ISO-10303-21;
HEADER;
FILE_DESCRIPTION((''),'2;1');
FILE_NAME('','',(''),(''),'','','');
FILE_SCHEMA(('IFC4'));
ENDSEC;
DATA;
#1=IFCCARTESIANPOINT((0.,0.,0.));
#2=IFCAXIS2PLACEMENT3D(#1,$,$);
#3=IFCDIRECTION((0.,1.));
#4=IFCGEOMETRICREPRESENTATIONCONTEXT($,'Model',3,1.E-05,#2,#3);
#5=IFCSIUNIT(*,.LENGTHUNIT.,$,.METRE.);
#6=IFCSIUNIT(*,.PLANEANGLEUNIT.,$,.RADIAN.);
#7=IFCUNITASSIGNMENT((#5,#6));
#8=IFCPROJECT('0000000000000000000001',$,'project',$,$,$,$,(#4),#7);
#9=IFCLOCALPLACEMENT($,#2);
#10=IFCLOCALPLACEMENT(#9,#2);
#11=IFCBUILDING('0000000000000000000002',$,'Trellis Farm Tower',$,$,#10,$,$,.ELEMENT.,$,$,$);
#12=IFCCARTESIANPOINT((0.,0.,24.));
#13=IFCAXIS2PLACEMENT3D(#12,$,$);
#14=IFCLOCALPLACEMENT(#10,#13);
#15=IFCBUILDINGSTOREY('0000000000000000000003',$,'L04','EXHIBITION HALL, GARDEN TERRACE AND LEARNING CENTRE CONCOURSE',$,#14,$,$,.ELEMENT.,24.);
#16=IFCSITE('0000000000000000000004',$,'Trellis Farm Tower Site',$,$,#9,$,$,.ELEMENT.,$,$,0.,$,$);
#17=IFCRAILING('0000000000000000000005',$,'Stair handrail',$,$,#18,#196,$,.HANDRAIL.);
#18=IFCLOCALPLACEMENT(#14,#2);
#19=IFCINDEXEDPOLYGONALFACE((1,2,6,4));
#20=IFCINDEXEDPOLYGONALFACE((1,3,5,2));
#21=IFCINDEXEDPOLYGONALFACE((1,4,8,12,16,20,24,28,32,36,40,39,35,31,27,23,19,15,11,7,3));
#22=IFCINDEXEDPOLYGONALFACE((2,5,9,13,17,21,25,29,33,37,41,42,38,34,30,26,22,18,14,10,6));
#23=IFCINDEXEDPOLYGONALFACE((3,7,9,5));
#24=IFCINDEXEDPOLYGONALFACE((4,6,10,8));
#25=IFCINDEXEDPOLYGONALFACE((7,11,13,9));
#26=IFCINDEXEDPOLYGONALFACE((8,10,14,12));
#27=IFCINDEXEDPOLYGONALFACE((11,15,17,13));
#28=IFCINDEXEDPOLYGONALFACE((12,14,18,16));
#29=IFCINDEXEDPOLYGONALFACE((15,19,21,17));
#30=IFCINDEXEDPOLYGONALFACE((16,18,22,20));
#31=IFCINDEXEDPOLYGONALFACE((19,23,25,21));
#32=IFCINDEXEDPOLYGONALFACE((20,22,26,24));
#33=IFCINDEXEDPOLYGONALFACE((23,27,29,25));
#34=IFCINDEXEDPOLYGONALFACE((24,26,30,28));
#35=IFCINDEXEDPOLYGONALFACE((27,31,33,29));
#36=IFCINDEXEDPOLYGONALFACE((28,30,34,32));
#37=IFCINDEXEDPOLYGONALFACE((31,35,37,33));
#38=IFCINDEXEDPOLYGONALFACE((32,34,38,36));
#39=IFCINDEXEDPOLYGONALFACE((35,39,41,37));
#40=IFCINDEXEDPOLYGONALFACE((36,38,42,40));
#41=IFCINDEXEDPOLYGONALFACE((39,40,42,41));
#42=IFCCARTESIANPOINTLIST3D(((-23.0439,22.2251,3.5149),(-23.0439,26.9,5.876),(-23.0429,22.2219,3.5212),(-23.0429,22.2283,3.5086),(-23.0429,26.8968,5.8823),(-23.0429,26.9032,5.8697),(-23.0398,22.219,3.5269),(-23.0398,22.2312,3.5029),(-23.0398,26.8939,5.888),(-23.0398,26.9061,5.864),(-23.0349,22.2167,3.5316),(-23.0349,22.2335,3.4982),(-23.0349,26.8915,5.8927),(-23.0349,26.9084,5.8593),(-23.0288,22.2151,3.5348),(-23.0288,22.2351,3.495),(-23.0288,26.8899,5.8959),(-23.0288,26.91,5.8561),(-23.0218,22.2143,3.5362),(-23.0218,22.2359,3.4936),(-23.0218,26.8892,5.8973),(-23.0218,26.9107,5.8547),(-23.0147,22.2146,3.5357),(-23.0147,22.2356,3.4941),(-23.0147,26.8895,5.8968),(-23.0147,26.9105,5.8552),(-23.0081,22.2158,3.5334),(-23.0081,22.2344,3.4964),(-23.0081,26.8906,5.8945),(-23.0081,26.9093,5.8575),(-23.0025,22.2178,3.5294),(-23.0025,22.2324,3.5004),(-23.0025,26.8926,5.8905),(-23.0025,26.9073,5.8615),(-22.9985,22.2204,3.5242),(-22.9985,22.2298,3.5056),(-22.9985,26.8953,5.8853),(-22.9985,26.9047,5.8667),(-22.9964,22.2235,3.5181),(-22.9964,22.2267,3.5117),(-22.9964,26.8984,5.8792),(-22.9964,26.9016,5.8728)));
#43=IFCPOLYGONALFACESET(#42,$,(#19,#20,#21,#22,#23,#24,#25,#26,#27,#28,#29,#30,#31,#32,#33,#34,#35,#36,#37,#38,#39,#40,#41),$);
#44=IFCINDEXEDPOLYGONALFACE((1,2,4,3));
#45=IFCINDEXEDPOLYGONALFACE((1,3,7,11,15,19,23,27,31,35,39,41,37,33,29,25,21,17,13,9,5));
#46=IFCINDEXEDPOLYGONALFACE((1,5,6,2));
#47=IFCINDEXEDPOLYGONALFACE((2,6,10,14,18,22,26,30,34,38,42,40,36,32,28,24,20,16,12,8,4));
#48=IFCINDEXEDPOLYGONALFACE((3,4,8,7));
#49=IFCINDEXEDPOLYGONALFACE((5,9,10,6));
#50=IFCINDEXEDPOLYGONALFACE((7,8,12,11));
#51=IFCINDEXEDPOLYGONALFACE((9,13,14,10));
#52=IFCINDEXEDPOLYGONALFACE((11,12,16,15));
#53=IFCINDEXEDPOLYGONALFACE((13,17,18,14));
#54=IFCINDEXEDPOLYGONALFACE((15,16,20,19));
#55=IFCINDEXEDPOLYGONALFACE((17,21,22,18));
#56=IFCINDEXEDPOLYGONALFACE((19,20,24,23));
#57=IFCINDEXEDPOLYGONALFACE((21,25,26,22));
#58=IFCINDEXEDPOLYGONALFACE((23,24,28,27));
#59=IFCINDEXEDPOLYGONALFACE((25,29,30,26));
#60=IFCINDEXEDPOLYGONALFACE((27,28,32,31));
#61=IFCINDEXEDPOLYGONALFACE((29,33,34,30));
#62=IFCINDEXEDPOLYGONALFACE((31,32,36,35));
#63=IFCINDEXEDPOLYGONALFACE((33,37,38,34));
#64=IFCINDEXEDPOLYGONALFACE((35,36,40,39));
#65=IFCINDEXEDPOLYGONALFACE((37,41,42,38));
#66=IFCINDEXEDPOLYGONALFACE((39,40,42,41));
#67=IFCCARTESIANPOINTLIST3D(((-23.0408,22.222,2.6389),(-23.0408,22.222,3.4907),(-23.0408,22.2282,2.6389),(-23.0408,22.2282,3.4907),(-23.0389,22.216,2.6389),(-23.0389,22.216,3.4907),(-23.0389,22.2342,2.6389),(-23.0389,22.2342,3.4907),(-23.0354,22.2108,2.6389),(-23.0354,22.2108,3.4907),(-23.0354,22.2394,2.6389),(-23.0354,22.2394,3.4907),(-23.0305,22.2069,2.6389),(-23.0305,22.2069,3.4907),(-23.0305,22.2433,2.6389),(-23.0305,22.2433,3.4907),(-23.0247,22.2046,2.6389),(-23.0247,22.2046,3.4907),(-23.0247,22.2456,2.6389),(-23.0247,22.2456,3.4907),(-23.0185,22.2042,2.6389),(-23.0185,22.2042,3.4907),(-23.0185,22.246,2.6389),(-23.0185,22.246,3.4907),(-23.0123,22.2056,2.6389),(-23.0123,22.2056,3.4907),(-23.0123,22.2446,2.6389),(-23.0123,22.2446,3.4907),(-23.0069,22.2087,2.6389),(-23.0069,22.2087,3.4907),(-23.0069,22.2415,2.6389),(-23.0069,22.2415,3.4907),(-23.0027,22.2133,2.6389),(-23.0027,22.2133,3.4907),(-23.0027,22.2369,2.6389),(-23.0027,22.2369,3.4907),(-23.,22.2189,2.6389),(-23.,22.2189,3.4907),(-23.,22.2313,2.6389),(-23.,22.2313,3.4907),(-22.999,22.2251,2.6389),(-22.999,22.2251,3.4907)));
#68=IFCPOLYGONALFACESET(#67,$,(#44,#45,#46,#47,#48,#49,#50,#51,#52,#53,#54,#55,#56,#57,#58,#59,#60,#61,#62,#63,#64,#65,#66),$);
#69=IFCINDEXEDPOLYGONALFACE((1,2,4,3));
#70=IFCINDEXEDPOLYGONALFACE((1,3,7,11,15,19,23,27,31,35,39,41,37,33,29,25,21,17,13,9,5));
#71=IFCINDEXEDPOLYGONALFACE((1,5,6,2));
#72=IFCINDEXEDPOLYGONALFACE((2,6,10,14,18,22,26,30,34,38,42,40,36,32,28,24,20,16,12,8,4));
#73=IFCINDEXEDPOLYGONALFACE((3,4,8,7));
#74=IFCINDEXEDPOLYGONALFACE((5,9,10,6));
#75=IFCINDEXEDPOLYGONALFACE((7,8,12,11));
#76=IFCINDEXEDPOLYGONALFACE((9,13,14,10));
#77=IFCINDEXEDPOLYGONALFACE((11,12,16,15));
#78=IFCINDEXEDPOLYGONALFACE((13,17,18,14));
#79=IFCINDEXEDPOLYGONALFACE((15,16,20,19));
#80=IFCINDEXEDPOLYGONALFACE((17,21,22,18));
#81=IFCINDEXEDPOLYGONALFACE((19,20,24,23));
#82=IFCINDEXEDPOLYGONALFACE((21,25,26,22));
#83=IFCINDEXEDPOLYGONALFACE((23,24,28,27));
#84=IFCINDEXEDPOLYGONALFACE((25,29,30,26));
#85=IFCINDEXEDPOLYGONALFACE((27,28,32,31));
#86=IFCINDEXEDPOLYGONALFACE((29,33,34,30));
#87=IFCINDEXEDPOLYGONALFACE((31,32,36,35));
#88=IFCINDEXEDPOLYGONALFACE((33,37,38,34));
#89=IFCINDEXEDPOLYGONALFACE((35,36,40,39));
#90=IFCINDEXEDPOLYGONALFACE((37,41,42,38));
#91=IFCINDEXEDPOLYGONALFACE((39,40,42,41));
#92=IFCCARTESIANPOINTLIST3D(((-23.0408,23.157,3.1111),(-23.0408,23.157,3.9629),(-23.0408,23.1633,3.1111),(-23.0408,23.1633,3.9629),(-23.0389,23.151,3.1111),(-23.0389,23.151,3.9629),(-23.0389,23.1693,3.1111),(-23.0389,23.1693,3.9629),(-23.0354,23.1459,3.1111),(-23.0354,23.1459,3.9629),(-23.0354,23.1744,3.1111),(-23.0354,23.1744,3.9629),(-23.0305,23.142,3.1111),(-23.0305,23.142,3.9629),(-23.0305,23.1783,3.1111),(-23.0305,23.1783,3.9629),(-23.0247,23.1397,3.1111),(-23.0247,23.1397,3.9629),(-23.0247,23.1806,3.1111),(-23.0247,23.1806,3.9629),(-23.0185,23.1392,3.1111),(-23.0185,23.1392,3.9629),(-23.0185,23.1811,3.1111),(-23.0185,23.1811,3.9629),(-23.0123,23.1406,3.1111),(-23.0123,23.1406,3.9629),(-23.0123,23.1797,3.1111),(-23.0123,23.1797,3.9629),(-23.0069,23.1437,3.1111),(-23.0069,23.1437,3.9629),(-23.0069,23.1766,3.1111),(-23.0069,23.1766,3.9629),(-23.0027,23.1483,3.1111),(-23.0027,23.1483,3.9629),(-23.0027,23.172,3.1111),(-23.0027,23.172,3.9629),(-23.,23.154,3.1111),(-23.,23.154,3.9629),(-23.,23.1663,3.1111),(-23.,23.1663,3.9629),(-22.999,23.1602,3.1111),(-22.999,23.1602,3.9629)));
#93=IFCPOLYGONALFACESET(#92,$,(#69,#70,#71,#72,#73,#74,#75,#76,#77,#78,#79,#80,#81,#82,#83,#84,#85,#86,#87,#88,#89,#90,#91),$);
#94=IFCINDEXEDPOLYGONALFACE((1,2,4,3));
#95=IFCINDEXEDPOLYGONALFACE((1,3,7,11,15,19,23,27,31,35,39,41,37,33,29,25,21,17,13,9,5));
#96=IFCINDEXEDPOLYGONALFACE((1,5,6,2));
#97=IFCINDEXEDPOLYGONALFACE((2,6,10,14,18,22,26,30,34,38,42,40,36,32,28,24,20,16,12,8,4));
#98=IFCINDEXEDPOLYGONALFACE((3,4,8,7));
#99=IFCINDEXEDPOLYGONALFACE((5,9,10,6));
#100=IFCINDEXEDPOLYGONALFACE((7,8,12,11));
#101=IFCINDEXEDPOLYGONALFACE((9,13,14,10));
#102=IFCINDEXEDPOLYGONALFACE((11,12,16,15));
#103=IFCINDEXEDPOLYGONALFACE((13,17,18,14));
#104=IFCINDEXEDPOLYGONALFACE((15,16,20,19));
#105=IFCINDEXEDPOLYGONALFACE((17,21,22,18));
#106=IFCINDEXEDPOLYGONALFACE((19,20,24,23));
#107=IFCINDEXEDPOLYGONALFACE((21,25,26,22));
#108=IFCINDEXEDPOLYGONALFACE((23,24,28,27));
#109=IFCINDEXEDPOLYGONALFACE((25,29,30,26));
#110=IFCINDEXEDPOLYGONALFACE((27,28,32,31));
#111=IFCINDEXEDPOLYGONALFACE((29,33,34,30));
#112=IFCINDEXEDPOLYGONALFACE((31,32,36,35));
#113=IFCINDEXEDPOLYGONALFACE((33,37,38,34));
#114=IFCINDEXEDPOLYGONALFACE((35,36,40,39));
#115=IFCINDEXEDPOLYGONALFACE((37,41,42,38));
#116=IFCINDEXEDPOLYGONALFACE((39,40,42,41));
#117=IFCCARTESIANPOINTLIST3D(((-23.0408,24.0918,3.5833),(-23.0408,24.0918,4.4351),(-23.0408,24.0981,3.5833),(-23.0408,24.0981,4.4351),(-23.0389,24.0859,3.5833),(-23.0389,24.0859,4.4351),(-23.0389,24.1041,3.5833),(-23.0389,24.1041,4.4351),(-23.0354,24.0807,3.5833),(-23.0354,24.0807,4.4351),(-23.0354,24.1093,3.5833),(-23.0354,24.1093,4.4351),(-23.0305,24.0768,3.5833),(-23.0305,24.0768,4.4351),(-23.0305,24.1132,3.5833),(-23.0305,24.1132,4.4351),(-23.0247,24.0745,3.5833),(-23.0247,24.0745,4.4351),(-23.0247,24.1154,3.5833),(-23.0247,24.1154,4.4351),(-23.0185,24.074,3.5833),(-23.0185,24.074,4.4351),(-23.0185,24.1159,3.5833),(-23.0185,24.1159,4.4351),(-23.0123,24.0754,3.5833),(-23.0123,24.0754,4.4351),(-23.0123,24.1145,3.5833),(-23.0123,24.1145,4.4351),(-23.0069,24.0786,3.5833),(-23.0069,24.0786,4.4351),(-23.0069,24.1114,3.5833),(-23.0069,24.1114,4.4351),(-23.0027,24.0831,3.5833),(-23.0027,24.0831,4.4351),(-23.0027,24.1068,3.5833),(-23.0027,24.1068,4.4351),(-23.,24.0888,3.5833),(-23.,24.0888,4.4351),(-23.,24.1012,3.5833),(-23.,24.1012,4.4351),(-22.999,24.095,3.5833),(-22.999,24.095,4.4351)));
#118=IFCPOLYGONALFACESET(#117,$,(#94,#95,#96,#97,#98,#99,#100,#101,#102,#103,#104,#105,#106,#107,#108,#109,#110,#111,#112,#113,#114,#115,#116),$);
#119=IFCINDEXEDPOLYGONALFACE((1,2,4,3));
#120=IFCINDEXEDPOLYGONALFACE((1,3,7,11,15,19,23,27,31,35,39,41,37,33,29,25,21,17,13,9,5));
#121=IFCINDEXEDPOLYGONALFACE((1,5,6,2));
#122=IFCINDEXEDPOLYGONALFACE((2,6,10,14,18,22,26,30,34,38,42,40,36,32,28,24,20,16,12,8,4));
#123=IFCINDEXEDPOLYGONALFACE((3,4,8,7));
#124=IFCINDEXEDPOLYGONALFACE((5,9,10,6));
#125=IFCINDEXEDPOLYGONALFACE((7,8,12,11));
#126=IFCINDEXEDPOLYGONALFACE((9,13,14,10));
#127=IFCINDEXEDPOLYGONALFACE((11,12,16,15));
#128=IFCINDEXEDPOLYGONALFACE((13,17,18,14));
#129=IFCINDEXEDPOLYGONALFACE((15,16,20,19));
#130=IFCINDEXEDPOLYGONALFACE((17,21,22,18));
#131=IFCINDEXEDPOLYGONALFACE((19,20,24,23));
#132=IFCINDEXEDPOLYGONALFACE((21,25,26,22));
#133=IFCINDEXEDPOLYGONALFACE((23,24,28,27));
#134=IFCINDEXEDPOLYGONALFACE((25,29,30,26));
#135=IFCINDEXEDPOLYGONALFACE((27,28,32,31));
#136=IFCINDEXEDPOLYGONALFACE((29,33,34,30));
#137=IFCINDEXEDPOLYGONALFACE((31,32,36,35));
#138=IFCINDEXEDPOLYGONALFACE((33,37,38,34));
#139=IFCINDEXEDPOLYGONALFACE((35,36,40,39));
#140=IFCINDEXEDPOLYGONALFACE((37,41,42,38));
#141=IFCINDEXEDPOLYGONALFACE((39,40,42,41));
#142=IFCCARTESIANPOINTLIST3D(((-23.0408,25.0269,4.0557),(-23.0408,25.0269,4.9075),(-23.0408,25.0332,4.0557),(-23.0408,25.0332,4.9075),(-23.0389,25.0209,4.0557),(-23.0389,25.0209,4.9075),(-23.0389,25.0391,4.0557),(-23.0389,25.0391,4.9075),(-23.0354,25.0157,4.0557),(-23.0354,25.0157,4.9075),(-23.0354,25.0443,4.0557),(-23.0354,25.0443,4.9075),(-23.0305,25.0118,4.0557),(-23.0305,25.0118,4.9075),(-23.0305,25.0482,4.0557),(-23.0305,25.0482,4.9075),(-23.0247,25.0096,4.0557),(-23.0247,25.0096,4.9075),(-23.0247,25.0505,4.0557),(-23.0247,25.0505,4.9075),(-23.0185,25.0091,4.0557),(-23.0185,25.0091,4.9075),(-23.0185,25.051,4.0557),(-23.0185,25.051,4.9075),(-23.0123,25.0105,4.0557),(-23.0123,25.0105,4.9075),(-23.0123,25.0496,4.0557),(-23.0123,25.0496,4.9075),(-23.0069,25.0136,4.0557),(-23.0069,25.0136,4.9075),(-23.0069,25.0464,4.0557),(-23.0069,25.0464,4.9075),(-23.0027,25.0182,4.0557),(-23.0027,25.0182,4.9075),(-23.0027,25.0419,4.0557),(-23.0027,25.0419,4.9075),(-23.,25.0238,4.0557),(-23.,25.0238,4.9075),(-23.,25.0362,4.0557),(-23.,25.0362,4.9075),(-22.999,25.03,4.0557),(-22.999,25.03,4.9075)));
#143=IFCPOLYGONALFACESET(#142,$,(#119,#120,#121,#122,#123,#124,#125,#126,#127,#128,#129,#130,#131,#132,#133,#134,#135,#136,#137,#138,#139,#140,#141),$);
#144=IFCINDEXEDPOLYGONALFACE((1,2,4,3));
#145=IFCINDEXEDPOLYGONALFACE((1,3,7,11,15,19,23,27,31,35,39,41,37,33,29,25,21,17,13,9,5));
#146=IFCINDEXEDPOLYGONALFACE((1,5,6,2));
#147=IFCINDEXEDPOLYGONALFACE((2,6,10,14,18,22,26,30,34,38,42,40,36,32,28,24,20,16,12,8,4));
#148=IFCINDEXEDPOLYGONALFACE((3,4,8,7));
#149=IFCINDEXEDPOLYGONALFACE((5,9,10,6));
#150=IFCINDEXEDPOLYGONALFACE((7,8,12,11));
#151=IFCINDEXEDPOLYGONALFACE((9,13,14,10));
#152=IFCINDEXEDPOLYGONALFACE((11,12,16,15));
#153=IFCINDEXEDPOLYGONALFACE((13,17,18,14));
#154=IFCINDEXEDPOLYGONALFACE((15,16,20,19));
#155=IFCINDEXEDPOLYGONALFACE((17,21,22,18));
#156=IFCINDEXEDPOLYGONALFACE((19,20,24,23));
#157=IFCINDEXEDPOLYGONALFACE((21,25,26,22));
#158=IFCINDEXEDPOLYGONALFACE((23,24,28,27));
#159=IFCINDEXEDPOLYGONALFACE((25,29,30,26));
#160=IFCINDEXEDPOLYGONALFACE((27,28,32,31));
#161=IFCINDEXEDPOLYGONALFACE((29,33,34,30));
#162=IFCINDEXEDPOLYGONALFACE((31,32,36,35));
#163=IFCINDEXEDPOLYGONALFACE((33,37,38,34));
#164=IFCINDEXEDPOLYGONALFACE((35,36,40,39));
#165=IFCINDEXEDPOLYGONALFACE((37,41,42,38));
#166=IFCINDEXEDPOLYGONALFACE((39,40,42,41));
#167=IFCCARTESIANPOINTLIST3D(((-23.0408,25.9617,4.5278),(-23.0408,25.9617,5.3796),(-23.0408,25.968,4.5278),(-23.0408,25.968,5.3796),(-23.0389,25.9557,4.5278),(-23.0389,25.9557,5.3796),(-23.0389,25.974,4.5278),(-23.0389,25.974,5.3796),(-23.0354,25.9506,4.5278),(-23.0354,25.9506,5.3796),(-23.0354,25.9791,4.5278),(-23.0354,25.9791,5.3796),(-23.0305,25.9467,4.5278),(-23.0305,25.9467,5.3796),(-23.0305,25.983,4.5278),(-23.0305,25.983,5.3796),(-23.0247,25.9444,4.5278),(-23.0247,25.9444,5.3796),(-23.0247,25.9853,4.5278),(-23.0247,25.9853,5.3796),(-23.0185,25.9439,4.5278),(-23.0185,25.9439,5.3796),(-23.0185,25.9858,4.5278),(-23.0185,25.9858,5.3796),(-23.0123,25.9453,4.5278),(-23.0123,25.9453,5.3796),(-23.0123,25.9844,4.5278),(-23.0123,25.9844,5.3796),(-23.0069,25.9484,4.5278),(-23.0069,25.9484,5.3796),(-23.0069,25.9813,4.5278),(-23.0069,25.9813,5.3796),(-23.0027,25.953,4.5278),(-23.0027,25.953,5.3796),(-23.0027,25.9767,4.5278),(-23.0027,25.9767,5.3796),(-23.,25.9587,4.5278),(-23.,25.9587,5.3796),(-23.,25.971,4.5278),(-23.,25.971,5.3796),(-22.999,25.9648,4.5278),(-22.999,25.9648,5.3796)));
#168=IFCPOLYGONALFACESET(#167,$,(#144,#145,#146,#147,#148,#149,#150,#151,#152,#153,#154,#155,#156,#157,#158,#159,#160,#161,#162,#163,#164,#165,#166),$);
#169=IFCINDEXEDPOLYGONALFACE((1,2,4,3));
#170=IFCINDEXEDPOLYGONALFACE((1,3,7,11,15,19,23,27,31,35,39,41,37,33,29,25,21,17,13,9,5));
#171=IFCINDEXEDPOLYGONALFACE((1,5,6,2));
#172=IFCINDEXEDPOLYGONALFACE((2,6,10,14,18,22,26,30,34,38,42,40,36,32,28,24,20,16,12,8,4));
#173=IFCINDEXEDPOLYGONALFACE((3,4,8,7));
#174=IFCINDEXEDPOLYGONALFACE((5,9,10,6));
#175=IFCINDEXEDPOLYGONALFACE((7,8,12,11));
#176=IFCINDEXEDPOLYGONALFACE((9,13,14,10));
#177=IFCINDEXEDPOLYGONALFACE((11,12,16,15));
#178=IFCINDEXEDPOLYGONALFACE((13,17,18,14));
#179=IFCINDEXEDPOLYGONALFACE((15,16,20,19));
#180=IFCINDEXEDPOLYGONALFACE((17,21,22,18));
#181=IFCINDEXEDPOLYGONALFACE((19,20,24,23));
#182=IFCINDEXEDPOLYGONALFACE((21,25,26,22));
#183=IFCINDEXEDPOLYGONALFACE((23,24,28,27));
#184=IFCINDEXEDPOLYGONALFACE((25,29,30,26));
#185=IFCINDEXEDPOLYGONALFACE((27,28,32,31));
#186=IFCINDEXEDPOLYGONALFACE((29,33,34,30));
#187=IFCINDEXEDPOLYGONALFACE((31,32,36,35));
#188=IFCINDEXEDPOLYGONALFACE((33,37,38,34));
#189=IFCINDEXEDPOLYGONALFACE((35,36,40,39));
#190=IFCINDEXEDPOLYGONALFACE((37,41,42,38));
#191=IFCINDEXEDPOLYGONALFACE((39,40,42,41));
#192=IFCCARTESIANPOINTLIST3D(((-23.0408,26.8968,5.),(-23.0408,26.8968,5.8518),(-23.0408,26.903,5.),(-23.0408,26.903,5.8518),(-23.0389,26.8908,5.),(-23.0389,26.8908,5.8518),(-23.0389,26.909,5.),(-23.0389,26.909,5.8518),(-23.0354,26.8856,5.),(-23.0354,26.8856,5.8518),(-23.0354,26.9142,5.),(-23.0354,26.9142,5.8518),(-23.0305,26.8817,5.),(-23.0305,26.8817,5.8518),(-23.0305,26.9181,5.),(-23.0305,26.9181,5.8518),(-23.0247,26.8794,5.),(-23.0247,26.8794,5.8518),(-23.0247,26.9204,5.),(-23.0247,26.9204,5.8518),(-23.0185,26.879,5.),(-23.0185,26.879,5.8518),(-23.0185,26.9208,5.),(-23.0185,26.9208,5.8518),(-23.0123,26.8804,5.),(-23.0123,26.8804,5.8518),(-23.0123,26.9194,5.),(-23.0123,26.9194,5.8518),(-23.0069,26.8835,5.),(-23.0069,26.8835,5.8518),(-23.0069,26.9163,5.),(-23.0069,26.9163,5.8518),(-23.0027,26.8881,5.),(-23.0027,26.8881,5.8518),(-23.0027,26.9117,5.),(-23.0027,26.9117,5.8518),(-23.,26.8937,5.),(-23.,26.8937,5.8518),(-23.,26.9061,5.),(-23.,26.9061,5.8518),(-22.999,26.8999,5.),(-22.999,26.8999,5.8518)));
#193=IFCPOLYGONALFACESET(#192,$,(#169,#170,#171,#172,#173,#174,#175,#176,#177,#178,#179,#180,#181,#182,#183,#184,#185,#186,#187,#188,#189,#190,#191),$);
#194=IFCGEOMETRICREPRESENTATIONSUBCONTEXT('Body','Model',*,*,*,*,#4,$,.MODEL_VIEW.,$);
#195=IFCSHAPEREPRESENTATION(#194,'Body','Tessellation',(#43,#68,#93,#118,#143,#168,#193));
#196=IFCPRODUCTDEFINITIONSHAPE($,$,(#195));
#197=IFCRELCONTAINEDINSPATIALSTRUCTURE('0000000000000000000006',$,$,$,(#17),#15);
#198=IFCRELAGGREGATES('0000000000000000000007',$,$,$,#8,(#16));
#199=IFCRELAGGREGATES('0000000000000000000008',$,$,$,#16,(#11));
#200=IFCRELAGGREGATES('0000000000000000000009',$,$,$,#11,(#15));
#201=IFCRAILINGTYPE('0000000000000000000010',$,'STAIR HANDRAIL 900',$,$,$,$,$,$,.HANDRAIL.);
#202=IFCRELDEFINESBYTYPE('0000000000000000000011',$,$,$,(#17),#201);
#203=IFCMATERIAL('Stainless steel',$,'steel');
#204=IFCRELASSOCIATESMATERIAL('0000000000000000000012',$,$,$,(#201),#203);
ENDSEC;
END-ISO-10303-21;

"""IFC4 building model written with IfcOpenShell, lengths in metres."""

from ifc_helpers import new_model, si_unit, direction, frame, origin, origin_2d, place, context, subcontext, project, spatial, circle, extrude, source, transform, mapped, material, type_object, element, save


model = new_model("IFC4")

# Units and contexts
model_context = context("Model", 3, precision=1e-05, world=origin(), true_north=direction((0.0, 1.0)))
body_context = subcontext(model_context, "Body", "Model", "MODEL_VIEW")
ifc_project = project(units=[si_unit("LENGTHUNIT", "METRE"), si_unit("PLANEANGLEUNIT", "RADIAN")], contexts=[model_context])

# Site, building, storey
site_placement = place(None, origin())
site = spatial("IfcSite", under=ifc_project, at=site_placement, Name="Trellis Farm Tower Site", CompositionType="ELEMENT", RefElevation=0.0)
building_placement = place(site_placement, origin())
building = spatial("IfcBuilding", under=site, at=building_placement, Name="Trellis Farm Tower", CompositionType="ELEMENT")
storey_placement = place(building_placement, frame((0.0, 0.0, 24.0)))
storey = spatial("IfcBuildingStorey", under=building, at=storey_placement, Name="L04", Description="EXHIBITION HALL, GARDEN TERRACE AND LEARNING CENTRE CONCOURSE", CompositionType="ELEMENT", Elevation=24.0)

# Railing
ifc_material_1 = material(Name="Stainless steel", Category="steel")
railing_type_1 = type_object("IfcRailingType", Name="STAIR HANDRAIL 900", PredefinedType="HANDRAIL", material=ifc_material_1)
shared_shape_1 = source(origin(), body_context, "Body", "SweptSolid", [
    extrude(circle(Radius=0.0239, at=origin_2d()), frame((0.0, 0.0, 0.876), z_axis=(0.0, 0.892611, 0.450827), x_axis=(-1.0, 0.0, 0.0)), (0.0, 0.0, 1.0), 5.2373),
    extrude(circle(Radius=0.021, at=origin_2d()), origin(), (0.0, 0.0, 1.0), 0.8518),
    extrude(circle(Radius=0.021, at=origin_2d()), frame((0.0, 0.9351, 0.4722)), (0.0, 0.0, 1.0), 0.8518),
    extrude(circle(Radius=0.021, at=origin_2d()), frame((0.0, 1.8699, 0.9443)), (0.0, 0.0, 1.0), 0.8518),
    extrude(circle(Radius=0.021, at=origin_2d()), frame((0.0, 2.8049, 1.4167)), (0.0, 0.0, 1.0), 0.8518),
    extrude(circle(Radius=0.021, at=origin_2d()), frame((0.0, 3.7397, 1.8889)), (0.0, 0.0, 1.0), 0.8518),
    extrude(circle(Radius=0.021, at=origin_2d()), frame((0.0, 4.6748, 2.3611)), (0.0, 0.0, 1.0), 0.8518),
])
for number, where, name in (
    (1, (-23.02, 22.2251, 2.6389), "Stair handrail"),
):
    element("IfcRailing", number, at=place(storey_placement, frame(where)), inside=storey, type_object=railing_type_1, Name=name, PredefinedType="HANDRAIL", context=body_context, shape_type="MappedRepresentation", body=[
        mapped(shared_shape_1, transform((0.0, 0.0, 0.0))),
    ])

save(model, "model.ifc")
